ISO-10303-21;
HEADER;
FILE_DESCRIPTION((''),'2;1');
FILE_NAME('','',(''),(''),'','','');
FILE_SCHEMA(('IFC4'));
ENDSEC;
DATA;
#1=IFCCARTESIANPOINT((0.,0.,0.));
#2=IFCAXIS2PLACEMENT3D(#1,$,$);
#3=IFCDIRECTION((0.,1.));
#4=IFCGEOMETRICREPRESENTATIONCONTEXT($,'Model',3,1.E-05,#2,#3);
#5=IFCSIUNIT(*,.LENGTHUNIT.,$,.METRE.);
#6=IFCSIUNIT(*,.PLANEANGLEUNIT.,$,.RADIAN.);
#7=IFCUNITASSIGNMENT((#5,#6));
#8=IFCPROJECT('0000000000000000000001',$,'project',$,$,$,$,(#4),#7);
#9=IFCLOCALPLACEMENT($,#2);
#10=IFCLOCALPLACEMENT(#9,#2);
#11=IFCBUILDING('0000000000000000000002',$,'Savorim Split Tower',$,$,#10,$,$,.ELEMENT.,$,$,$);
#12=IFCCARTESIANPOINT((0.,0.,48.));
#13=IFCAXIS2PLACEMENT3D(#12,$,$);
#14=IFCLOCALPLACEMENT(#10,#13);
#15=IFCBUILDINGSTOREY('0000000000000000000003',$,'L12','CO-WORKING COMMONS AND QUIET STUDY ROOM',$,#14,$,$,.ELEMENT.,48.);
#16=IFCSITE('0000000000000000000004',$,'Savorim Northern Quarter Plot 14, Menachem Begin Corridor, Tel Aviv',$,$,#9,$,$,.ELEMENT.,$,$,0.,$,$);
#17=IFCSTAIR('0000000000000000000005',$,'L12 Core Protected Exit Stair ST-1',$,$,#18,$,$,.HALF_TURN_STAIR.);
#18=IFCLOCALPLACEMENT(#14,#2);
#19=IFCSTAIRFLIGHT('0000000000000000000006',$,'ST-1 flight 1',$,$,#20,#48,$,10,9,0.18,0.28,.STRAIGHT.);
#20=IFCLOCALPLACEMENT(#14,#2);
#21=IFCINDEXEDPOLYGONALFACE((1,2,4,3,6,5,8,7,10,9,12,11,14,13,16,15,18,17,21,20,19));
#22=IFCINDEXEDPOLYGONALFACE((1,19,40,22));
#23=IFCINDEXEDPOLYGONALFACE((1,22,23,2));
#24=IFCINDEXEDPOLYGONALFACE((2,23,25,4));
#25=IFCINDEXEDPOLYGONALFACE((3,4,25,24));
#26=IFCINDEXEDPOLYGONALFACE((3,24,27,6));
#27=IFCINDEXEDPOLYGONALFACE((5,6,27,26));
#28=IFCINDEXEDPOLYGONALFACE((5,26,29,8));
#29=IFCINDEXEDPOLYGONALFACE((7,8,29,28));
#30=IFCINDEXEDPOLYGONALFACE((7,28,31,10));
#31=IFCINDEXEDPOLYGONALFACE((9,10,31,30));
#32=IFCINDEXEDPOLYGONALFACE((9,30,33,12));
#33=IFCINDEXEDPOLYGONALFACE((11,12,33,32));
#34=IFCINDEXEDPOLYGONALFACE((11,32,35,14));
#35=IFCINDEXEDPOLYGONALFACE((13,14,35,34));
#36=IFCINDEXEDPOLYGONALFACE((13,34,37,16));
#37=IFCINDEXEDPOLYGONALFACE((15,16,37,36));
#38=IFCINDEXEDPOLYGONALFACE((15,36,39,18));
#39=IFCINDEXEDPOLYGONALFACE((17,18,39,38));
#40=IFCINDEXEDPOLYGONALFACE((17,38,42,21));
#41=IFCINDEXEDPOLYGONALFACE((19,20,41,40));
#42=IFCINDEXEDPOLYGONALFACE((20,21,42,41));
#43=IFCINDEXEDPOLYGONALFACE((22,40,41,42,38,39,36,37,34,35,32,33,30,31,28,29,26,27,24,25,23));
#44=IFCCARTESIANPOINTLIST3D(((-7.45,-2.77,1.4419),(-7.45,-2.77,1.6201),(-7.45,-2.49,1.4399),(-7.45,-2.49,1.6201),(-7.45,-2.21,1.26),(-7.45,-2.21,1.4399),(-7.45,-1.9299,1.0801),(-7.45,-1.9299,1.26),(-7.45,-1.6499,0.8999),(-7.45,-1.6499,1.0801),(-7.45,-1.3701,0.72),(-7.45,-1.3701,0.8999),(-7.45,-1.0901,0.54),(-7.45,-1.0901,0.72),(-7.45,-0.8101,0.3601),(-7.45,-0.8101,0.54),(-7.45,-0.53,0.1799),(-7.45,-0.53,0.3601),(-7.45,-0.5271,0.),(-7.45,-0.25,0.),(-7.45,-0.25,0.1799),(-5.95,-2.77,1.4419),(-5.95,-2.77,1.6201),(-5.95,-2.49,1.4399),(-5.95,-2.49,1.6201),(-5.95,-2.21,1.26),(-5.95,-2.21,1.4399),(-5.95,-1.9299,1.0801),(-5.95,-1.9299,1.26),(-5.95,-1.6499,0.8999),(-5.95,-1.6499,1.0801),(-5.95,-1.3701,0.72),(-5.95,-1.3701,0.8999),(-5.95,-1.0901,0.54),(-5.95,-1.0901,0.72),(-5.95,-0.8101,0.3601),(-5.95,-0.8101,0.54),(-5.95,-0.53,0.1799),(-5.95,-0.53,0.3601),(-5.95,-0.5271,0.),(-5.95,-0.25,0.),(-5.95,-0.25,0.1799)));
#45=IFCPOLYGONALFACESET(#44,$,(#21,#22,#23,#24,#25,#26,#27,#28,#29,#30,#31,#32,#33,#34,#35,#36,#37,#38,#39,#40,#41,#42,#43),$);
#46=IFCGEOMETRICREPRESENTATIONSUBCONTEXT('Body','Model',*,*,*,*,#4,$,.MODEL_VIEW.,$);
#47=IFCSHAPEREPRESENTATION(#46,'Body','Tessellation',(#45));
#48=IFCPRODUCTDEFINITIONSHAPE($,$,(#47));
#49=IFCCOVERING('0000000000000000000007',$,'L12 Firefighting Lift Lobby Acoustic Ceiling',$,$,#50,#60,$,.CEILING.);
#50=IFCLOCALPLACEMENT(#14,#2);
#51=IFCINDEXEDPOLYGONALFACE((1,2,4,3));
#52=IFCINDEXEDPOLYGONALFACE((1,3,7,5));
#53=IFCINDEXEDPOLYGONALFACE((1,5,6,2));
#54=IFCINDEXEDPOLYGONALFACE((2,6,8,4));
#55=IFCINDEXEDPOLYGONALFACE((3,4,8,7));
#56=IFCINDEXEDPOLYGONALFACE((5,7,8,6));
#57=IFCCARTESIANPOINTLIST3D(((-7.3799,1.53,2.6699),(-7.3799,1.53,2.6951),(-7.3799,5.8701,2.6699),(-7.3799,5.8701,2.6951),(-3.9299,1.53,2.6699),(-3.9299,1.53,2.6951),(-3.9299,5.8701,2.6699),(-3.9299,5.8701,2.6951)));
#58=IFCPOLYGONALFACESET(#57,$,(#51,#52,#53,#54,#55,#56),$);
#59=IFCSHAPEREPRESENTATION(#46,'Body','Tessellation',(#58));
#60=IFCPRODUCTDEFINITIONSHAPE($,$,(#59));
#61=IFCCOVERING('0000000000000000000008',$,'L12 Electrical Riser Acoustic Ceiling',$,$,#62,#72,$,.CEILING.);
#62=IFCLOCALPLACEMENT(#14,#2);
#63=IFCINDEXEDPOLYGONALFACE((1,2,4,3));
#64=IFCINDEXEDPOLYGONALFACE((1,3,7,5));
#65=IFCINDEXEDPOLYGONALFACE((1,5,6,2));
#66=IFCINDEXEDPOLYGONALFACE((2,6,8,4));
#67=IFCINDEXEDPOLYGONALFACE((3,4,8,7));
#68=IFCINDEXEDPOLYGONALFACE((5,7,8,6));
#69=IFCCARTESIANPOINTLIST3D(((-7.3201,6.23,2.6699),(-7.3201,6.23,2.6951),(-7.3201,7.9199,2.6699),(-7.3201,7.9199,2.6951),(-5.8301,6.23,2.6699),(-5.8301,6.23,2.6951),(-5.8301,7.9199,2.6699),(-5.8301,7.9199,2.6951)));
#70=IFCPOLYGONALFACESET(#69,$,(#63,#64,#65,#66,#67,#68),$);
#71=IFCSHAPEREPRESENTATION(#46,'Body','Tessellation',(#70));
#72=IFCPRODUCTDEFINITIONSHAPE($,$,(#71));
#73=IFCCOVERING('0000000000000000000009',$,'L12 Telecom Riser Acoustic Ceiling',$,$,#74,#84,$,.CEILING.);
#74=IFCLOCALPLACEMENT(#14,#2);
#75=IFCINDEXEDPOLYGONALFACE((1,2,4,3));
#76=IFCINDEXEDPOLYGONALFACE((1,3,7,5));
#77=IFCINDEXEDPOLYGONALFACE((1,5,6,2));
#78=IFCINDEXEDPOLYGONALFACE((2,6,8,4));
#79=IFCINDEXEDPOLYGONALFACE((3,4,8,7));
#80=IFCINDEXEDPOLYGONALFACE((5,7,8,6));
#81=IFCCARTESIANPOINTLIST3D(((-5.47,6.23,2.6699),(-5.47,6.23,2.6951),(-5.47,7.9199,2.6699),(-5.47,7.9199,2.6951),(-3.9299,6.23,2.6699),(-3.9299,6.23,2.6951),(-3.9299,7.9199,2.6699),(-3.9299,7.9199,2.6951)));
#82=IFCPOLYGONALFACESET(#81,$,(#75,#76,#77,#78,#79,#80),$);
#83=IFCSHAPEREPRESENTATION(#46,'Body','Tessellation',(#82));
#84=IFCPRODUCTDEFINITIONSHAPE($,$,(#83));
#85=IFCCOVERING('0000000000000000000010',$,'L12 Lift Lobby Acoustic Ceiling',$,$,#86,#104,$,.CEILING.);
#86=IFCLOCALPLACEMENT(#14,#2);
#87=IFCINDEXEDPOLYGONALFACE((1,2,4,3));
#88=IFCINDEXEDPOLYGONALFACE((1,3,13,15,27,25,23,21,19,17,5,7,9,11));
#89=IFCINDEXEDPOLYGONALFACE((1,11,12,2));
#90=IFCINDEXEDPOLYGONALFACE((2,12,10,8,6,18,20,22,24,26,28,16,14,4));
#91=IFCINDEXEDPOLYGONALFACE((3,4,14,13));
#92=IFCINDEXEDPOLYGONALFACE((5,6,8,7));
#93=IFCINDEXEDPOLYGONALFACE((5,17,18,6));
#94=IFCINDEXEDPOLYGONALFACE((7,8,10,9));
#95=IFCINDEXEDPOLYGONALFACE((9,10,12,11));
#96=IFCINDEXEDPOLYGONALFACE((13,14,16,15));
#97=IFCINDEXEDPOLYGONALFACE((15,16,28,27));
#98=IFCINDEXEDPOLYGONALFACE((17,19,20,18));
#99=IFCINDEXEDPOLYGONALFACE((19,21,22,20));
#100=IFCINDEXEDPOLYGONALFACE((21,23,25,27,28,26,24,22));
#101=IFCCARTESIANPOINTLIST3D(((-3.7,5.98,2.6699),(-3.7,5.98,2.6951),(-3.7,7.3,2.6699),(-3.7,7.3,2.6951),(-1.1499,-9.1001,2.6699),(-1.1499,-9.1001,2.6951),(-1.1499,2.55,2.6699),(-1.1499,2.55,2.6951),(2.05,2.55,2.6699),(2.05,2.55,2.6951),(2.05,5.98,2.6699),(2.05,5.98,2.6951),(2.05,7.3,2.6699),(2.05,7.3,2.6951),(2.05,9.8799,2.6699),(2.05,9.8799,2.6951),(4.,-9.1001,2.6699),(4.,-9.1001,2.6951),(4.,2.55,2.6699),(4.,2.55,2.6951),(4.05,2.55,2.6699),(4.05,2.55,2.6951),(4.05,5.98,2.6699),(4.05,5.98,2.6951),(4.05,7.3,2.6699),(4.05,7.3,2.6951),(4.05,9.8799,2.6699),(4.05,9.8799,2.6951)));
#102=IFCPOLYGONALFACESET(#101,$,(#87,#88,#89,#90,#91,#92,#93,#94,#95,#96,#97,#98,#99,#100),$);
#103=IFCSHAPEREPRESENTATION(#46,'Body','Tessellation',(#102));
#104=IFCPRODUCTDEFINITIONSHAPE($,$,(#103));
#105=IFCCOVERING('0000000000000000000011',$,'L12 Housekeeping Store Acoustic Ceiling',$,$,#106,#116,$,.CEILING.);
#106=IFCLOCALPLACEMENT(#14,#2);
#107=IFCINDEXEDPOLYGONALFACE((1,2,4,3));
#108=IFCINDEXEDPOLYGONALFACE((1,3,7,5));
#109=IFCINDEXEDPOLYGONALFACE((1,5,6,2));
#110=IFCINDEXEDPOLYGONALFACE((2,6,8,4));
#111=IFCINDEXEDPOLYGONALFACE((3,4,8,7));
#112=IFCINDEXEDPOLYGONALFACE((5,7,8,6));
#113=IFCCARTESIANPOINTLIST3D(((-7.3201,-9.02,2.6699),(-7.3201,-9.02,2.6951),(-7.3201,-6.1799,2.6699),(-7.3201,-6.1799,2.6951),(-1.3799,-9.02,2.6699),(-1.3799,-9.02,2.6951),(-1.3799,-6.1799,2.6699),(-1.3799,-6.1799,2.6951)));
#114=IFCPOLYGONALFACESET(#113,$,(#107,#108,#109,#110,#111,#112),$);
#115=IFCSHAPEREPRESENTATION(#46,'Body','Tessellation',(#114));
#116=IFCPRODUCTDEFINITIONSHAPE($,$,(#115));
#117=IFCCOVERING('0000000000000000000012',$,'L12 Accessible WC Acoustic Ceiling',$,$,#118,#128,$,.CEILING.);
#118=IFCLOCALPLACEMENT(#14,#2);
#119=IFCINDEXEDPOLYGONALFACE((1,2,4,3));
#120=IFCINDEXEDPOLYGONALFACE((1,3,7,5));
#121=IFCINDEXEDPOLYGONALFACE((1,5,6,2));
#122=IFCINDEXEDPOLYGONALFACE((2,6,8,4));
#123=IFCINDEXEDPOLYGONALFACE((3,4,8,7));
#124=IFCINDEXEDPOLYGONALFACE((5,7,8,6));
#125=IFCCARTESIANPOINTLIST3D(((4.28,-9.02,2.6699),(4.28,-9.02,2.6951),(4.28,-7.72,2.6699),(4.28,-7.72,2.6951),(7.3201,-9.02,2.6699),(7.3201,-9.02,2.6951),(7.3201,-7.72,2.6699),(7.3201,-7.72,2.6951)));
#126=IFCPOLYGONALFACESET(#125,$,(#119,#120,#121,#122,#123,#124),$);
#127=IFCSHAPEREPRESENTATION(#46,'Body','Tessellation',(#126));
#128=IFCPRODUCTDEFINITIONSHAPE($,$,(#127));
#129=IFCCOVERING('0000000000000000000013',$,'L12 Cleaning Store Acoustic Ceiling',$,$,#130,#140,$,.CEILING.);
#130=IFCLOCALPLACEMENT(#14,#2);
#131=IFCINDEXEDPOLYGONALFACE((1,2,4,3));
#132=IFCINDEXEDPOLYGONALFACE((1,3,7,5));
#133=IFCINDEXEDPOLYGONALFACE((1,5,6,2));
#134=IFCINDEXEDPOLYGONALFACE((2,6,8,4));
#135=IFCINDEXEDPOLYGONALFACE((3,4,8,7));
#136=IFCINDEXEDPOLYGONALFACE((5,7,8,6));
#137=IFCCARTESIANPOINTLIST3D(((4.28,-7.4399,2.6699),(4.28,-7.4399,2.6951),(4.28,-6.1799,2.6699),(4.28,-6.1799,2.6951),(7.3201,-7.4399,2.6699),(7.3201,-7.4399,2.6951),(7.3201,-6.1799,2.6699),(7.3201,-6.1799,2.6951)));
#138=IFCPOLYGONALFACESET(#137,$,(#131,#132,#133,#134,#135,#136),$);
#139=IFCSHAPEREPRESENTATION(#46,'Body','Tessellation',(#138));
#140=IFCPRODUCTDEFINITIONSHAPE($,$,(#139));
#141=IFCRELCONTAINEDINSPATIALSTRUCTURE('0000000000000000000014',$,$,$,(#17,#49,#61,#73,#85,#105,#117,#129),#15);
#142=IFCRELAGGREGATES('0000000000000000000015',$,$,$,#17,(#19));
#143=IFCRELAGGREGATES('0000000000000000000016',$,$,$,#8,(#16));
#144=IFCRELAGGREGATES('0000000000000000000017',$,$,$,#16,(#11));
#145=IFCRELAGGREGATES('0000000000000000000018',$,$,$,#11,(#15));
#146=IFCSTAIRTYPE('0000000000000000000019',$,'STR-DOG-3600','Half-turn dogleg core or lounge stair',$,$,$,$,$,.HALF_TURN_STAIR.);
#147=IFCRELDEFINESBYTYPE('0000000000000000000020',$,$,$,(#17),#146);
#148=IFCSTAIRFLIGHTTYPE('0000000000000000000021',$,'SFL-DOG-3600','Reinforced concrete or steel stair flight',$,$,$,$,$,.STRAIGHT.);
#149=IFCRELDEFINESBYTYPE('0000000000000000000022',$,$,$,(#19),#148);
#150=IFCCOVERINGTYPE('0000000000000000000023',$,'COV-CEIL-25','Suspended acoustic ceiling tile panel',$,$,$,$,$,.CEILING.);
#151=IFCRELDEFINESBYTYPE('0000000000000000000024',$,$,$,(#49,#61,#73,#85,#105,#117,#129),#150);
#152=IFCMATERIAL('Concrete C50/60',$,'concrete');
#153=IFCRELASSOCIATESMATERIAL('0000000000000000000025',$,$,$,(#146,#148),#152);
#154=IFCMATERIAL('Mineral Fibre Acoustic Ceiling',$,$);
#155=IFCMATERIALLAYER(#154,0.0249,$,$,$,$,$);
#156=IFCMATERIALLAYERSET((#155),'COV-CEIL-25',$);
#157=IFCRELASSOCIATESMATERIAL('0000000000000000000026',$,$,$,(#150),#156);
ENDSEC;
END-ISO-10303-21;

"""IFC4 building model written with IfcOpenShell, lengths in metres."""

from ifc_helpers import new_model, si_unit, direction, frame, origin, place, context, subcontext, project, spatial, polyline, outline, extrude, material, layer, layer_set, type_object, element, aggregate, save


model = new_model("IFC4")

# Units and contexts
model_context = context("Model", 3, precision=1e-05, world=origin(), true_north=direction((0.0, 1.0)))
body_context = subcontext(model_context, "Body", "Model", "MODEL_VIEW")
ifc_project = project(units=[si_unit("LENGTHUNIT", "METRE"), si_unit("PLANEANGLEUNIT", "RADIAN")], contexts=[model_context])

# Site, building, storey
site_placement = place(None, origin())
site = spatial("IfcSite", under=ifc_project, at=site_placement, Name="Savorim Northern Quarter Plot 14, Menachem Begin Corridor, Tel Aviv", CompositionType="ELEMENT", RefElevation=0.0)
building_placement = place(site_placement, origin())
building = spatial("IfcBuilding", under=site, at=building_placement, Name="Savorim Split Tower", CompositionType="ELEMENT")
storey_placement = place(building_placement, frame((0.0, 0.0, 48.0)))
storey = spatial("IfcBuildingStorey", under=building, at=storey_placement, Name="L12", Description="CO-WORKING COMMONS AND QUIET STUDY ROOM", CompositionType="ELEMENT", Elevation=48.0)

# Shared definitions
ifc_material_1 = material(Name="Concrete C50/60", Category="concrete")

# Stair
stair_type = type_object("IfcStairType", Name="STR-DOG-3600", Description="Half-turn dogleg core or lounge stair", PredefinedType="HALF_TURN_STAIR", material=ifc_material_1)
stair_1_placement = place(storey_placement, origin())
stair_1 = element("IfcStair", 1, at=stair_1_placement, inside=storey, type_object=stair_type, Name="L12 Core Protected Exit Stair ST-1", PredefinedType="HALF_TURN_STAIR")

# Stair flight
stair_flight_type = type_object("IfcStairFlightType", Name="SFL-DOG-3600", Description="Reinforced concrete or steel stair flight", PredefinedType="STRAIGHT", material=ifc_material_1)
stair_flight_placement = place(storey_placement, frame((-6.7, -0.25, 0.0), z_axis=(0.0, 0.0, 1.0), x_axis=(0.0, -1.0, 0.0)))
stair_flight = element("IfcStairFlight", 2, at=stair_flight_placement, type_object=stair_flight_type, Name="ST-1 flight 1", NumberOfRisers=10, NumberOfTreads=9, PredefinedType="STRAIGHT", RiserHeight=0.18, TreadLength=0.28, context=body_context, shape_type="SweptSolid", body=[
    extrude(outline(polyline([(0.0, 0.0), (0.0, 0.1799), (0.28, 0.1799), (0.28, 0.3601), (0.5601, 0.3601), (0.5601, 0.54), (0.8401, 0.54), (0.8401, 0.72), (1.1201, 0.72), (1.1201, 0.8999), (1.3999, 0.8999), (1.3999, 1.0801), (1.6799, 1.0801), (1.6799, 1.26), (1.96, 1.26), (1.96, 1.4399), (2.24, 1.4399), (2.24, 1.6201), (2.52, 1.6201), (2.52, 1.8), (2.52, 1.4419), (0.2771, 0.0), (0.0, 0.0)])), frame((0.0, 0.75, 0.0), z_axis=(0.0, -1.0, 0.0), x_axis=(1.0, 0.0, 0.0)), (0.0, 0.0, 1.0), 1.5),
])
aggregate(stair_1, [stair_flight])

# Coverings
ifc_material_2 = material(Name="Mineral Fibre Acoustic Ceiling")
ifc_layer_1 = layer(ifc_material_2, 0.0249)
ifc_layer_set_1 = layer_set([ifc_layer_1], Name="COV-CEIL-25")
covering_type_1 = type_object("IfcCoveringType", Name="COV-CEIL-25", Description="Suspended acoustic ceiling tile panel", PredefinedType="CEILING", material=ifc_layer_set_1)
covering_1_placement = place(storey_placement, frame((0.0, 0.0, 2.6699)))
element("IfcCovering", 3, at=covering_1_placement, inside=storey, type_object=covering_type_1, Name="L12 Firefighting Lift Lobby Acoustic Ceiling", PredefinedType="CEILING", context=body_context, shape_type="SweptSolid", body=[
    extrude(outline(polyline([(-7.3799, 5.8701), (-7.3799, 1.53), (-3.9299, 1.53), (-3.9299, 5.8701), (-7.3799, 5.8701)])), origin(), (0.0, 0.0, 1.0), 0.0251),
])
covering_2_placement = place(storey_placement, frame((0.0, 0.0, 2.6699)))
element("IfcCovering", 4, at=covering_2_placement, inside=storey, type_object=covering_type_1, Name="L12 Electrical Riser Acoustic Ceiling", PredefinedType="CEILING", context=body_context, shape_type="SweptSolid", body=[
    extrude(outline(polyline([(-7.3201, 7.9199), (-7.3201, 6.23), (-5.8301, 6.23), (-5.8301, 7.9199), (-7.3201, 7.9199)])), origin(), (0.0, 0.0, 1.0), 0.0251),
])
covering_3_placement = place(storey_placement, frame((0.0, 0.0, 2.6699)))
element("IfcCovering", 5, at=covering_3_placement, inside=storey, type_object=covering_type_1, Name="L12 Telecom Riser Acoustic Ceiling", PredefinedType="CEILING", context=body_context, shape_type="SweptSolid", body=[
    extrude(outline(polyline([(-5.47, 7.9199), (-5.47, 6.23), (-3.9299, 6.23), (-3.9299, 7.9199), (-5.47, 7.9199)])), origin(), (0.0, 0.0, 1.0), 0.0251),
])
covering_4_placement = place(storey_placement, frame((0.0, 0.0, 2.6699)))
element("IfcCovering", 6, at=covering_4_placement, inside=storey, type_object=covering_type_1, Name="L12 Lift Lobby Acoustic Ceiling", PredefinedType="CEILING", context=body_context, shape_type="SweptSolid", body=[
    extrude(outline(polyline([(2.05, 2.55), (-1.1499, 2.55), (-1.1499, -9.1001), (4.0, -9.1001), (4.0, 2.55), (4.05, 2.55), (4.05, 5.98), (4.05, 7.3), (4.05, 9.8799), (2.05, 9.8799), (2.05, 7.3), (-3.7, 7.3), (-3.7, 5.98), (2.05, 5.98), (2.05, 2.55)])), origin(), (0.0, 0.0, 1.0), 0.0251),
])
covering_5_placement = place(storey_placement, frame((0.0, 0.0, 2.6699)))
element("IfcCovering", 7, at=covering_5_placement, inside=storey, type_object=covering_type_1, Name="L12 Housekeeping Store Acoustic Ceiling", PredefinedType="CEILING", context=body_context, shape_type="SweptSolid", body=[
    extrude(outline(polyline([(-7.3201, -6.1799), (-7.3201, -9.02), (-1.3799, -9.02), (-1.3799, -6.1799), (-7.3201, -6.1799)])), origin(), (0.0, 0.0, 1.0), 0.0251),
])
covering_6_placement = place(storey_placement, frame((0.0, 0.0, 2.6699)))
element("IfcCovering", 8, at=covering_6_placement, inside=storey, type_object=covering_type_1, Name="L12 Accessible WC Acoustic Ceiling", PredefinedType="CEILING", context=body_context, shape_type="SweptSolid", body=[
    extrude(outline(polyline([(4.28, -7.72), (4.28, -9.02), (7.3201, -9.02), (7.3201, -7.72), (4.28, -7.72)])), origin(), (0.0, 0.0, 1.0), 0.0251),
])
covering_7_placement = place(storey_placement, frame((0.0, 0.0, 2.6699)))
element("IfcCovering", 9, at=covering_7_placement, inside=storey, type_object=covering_type_1, Name="L12 Cleaning Store Acoustic Ceiling", PredefinedType="CEILING", context=body_context, shape_type="SweptSolid", body=[
    extrude(outline(polyline([(4.28, -6.1799), (4.28, -7.4399), (7.3201, -7.4399), (7.3201, -6.1799), (4.28, -6.1799)])), origin(), (0.0, 0.0, 1.0), 0.0251),
])

save(model, "model.ifc")
